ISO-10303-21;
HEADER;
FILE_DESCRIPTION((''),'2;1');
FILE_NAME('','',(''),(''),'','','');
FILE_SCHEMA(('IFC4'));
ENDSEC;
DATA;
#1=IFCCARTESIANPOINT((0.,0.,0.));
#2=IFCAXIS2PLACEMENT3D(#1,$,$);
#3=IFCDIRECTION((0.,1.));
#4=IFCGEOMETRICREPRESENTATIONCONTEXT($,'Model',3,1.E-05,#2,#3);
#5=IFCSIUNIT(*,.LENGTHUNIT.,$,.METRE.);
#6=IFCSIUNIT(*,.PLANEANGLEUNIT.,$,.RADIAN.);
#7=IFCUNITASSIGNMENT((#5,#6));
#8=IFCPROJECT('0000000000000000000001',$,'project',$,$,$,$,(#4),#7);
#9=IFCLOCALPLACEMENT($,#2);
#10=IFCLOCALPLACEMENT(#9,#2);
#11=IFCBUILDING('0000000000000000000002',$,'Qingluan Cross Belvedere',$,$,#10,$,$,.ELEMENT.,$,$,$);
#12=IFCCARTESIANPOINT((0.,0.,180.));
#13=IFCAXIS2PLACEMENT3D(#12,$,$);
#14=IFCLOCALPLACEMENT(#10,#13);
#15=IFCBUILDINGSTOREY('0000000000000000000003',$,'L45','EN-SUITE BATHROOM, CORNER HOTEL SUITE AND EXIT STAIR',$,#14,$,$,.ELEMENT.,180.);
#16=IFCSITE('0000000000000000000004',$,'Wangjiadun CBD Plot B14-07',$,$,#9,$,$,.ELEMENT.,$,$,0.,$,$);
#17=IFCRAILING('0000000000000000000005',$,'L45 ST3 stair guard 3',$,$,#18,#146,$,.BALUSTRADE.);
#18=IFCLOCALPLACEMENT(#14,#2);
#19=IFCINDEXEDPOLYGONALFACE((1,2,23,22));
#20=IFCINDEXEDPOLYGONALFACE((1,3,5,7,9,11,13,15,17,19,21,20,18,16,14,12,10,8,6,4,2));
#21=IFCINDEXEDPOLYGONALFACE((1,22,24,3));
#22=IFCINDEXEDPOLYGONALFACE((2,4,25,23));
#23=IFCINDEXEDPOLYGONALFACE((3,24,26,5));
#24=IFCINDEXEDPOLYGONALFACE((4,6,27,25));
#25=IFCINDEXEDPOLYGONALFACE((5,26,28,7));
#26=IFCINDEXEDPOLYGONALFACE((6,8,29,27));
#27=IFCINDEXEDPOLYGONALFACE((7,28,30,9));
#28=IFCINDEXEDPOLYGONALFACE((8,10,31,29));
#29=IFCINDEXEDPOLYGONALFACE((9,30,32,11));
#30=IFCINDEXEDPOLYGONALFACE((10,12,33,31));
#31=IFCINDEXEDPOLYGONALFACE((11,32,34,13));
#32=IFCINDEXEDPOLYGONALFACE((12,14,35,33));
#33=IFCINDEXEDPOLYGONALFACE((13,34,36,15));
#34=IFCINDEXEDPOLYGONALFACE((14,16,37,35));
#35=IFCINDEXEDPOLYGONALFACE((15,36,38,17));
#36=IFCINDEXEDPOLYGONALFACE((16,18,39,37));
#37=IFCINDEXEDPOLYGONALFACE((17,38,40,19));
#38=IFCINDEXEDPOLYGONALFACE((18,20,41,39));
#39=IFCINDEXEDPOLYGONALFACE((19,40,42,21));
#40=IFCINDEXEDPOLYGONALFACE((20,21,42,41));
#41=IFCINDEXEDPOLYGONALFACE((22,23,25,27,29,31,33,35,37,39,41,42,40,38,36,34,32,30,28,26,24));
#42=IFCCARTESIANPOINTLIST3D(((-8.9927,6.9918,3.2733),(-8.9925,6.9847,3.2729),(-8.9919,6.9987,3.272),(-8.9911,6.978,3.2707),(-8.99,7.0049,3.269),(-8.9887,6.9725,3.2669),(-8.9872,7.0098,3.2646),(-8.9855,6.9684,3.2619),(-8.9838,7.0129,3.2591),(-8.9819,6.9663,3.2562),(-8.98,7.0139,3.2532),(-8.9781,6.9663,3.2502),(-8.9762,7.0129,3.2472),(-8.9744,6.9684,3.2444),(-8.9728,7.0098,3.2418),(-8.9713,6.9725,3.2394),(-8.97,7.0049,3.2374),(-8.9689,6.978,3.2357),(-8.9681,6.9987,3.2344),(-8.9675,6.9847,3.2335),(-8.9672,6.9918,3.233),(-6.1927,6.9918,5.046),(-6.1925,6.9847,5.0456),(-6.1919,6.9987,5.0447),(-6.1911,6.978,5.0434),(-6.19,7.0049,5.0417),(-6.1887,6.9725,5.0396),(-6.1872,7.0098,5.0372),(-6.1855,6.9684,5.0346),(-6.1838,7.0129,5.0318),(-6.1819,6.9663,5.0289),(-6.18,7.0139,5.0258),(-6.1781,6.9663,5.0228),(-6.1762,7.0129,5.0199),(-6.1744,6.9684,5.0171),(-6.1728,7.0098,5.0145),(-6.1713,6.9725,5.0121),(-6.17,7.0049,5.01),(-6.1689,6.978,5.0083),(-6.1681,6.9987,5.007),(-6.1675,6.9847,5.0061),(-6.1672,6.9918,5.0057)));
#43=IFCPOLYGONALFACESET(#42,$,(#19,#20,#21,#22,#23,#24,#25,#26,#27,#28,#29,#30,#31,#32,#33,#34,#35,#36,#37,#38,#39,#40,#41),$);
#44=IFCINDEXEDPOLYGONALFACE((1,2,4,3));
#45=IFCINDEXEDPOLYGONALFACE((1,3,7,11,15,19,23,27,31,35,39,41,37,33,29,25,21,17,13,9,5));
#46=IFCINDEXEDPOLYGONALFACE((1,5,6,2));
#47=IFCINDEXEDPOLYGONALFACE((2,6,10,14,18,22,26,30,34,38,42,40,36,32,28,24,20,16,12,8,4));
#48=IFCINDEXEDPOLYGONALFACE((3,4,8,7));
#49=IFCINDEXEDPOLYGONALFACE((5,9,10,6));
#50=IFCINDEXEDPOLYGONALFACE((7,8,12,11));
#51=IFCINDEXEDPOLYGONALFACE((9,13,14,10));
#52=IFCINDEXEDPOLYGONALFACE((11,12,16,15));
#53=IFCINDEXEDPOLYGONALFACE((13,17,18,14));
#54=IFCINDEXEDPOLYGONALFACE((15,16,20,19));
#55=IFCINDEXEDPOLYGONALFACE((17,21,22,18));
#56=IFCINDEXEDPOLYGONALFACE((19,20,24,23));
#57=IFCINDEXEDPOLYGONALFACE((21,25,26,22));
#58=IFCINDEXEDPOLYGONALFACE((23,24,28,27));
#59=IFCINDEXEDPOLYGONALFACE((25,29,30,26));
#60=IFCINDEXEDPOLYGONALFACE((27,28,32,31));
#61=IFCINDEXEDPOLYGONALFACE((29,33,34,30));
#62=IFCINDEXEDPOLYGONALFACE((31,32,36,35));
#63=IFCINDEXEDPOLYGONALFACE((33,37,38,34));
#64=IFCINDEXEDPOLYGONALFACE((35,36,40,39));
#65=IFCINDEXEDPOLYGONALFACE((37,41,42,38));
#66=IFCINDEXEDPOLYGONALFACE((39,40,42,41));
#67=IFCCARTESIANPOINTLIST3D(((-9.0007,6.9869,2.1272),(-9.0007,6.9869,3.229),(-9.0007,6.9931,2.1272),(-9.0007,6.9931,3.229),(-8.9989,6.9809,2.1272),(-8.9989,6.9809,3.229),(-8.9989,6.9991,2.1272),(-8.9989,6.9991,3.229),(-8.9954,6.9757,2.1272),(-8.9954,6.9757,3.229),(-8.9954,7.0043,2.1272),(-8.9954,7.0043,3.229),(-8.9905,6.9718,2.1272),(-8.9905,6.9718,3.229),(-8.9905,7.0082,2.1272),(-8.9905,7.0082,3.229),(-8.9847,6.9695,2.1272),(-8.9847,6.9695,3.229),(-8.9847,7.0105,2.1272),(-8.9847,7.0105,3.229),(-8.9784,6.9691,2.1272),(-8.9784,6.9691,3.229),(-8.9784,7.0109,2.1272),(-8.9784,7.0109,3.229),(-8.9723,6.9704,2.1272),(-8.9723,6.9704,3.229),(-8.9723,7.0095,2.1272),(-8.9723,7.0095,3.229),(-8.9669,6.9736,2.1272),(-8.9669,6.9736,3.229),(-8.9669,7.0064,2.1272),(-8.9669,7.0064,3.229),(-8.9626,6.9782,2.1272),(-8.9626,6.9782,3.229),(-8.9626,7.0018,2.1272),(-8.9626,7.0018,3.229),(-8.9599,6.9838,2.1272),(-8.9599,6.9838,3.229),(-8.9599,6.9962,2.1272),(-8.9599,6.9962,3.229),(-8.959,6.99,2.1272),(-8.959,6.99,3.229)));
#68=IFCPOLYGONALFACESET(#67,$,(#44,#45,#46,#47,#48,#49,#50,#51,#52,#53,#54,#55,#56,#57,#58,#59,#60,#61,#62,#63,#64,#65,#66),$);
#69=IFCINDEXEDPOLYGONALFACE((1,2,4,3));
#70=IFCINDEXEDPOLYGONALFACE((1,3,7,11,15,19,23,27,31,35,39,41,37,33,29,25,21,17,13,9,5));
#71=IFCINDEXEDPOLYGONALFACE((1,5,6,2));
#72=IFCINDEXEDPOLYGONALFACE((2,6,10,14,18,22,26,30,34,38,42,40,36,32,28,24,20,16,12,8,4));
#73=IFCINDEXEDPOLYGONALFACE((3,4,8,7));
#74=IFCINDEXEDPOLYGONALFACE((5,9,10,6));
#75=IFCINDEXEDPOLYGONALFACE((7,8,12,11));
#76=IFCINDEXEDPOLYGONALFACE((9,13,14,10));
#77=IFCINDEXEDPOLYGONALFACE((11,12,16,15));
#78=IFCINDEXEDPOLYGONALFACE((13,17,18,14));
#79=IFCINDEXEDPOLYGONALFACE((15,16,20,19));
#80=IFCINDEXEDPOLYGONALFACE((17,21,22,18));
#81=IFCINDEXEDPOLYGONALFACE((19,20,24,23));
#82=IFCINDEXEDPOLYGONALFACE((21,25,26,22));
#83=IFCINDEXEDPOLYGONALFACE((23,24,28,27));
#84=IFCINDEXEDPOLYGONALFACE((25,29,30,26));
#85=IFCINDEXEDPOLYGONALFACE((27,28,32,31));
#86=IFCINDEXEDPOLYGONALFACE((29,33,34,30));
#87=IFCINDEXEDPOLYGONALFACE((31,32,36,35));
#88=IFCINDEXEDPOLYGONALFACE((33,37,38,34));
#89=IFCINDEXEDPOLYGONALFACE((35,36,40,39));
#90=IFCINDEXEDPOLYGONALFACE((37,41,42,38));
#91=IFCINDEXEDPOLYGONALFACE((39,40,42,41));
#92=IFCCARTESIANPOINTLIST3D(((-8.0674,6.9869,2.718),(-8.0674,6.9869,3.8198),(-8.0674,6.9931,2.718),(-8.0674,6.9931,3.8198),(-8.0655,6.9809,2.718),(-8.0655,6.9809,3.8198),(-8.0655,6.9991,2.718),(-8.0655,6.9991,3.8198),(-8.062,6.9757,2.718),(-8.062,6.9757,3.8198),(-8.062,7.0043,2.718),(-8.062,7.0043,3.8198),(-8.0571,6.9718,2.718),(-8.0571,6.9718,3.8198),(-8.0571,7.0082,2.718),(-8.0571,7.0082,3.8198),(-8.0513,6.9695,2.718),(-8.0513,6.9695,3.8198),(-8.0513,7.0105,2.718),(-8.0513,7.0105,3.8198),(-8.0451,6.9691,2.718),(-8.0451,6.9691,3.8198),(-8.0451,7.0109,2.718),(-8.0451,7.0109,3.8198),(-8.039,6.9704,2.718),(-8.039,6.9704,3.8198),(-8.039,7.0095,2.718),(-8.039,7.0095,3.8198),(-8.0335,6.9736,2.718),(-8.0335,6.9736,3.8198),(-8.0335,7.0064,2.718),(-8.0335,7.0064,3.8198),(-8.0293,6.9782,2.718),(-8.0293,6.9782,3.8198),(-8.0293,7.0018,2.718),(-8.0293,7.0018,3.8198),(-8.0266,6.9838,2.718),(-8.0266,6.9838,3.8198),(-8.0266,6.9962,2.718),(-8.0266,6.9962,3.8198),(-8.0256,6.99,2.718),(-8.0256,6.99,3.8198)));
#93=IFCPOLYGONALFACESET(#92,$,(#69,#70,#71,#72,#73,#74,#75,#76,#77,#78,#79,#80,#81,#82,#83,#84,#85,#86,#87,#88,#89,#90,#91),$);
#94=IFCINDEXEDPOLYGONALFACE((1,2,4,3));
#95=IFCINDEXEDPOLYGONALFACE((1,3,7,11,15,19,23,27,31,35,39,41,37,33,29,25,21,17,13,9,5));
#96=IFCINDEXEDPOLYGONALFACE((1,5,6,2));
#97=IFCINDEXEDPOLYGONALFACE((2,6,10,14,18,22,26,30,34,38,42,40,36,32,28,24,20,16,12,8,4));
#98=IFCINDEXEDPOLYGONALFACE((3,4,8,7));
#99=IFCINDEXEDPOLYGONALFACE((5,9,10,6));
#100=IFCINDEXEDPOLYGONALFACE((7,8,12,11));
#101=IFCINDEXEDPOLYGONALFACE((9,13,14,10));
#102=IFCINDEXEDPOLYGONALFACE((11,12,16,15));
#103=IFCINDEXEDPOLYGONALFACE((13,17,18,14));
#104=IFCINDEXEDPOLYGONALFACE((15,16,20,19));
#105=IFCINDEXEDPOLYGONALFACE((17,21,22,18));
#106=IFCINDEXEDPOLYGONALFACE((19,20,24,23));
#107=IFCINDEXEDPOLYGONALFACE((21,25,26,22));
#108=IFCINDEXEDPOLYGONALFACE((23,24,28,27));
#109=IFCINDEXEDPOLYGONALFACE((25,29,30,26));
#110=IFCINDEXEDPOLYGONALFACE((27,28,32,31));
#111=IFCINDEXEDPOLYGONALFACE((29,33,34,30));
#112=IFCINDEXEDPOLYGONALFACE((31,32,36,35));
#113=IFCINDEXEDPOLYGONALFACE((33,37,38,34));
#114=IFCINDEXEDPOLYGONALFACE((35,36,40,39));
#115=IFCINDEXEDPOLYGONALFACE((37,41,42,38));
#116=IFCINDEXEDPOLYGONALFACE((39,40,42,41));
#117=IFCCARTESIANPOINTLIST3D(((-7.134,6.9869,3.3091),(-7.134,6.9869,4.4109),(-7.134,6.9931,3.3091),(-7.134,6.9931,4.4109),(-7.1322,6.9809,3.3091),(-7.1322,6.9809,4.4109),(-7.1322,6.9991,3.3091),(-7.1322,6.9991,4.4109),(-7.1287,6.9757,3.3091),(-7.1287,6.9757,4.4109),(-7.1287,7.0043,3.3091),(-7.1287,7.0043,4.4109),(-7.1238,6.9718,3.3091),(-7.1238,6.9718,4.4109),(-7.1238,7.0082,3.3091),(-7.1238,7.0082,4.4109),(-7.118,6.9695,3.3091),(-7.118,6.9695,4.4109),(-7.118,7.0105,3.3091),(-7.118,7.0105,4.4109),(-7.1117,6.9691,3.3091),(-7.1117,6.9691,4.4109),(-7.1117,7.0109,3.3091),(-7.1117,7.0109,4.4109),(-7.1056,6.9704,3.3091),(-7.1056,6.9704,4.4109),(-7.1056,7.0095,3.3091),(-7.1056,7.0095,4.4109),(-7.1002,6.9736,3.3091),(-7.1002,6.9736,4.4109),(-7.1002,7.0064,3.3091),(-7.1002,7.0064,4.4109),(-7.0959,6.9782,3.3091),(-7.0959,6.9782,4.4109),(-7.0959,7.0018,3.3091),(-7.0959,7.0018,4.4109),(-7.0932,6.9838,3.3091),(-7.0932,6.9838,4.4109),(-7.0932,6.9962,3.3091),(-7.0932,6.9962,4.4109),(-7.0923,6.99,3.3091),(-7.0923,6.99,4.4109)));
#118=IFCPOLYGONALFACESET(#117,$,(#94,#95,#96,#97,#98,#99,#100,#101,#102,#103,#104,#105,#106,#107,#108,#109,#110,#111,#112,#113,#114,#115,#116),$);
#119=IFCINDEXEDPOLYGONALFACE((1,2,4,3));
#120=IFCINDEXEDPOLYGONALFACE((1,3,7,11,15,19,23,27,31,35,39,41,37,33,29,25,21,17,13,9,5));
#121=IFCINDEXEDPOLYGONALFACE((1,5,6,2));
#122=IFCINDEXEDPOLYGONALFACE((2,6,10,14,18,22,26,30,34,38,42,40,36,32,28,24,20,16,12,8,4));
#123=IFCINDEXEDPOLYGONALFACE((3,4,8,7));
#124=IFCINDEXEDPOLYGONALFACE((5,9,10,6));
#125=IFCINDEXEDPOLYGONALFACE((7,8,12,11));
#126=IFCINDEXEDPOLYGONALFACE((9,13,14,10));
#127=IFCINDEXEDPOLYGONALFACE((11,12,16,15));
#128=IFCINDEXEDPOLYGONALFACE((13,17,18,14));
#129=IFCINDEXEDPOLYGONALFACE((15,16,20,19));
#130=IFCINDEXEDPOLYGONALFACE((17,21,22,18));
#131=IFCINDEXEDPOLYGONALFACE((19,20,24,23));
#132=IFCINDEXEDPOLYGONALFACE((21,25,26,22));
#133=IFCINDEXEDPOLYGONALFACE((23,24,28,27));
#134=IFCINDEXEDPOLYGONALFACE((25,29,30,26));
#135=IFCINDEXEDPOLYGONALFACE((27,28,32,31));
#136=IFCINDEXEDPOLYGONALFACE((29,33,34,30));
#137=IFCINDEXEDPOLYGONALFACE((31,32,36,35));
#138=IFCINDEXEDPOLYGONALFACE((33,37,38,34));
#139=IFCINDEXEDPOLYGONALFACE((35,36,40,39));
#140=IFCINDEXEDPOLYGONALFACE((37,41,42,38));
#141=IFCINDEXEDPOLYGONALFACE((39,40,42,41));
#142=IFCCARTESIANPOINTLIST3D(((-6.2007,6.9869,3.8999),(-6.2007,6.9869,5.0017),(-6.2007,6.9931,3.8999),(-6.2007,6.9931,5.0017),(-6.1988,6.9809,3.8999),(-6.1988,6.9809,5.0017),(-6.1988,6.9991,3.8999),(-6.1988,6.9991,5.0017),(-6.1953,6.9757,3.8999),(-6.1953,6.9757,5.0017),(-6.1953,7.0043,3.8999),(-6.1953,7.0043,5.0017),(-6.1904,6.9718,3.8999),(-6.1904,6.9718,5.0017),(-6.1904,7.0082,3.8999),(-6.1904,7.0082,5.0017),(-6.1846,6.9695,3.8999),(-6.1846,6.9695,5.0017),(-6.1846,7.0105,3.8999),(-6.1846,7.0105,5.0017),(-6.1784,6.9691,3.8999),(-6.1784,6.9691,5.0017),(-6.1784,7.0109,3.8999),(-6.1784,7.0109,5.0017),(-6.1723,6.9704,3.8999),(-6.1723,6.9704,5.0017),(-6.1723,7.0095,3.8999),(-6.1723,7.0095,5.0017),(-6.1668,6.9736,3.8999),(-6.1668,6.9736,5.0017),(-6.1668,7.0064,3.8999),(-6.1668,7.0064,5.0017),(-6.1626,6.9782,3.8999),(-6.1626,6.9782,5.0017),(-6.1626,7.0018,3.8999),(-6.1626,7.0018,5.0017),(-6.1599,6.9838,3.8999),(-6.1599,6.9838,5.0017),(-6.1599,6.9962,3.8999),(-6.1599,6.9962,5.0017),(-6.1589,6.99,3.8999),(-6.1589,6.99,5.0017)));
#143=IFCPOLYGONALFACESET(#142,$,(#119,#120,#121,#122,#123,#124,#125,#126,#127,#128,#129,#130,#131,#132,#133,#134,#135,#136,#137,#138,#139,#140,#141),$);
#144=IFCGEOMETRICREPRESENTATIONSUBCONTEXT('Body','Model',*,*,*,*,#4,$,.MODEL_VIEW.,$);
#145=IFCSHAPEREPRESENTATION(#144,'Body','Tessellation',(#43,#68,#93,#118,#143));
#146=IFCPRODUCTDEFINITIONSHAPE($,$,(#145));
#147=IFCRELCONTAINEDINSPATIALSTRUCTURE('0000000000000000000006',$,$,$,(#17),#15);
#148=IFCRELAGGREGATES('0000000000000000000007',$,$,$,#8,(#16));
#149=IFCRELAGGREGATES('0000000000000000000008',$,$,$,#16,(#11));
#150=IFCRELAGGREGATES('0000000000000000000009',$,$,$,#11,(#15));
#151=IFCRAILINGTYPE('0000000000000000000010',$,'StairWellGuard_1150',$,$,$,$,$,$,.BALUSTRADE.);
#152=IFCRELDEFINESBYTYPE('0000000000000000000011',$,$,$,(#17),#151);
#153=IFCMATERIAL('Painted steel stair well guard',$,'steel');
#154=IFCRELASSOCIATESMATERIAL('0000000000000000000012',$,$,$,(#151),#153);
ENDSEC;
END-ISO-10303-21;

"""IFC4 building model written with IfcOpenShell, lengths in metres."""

from ifc_helpers import new_model, si_unit, direction, frame, origin, origin_2d, place, context, subcontext, project, spatial, circle, extrude, material, type_object, element, save


model = new_model("IFC4")

# Units and contexts
model_context = context("Model", 3, precision=1e-05, world=origin(), true_north=direction((0.0, 1.0)))
body_context = subcontext(model_context, "Body", "Model", "MODEL_VIEW")
ifc_project = project(units=[si_unit("LENGTHUNIT", "METRE"), si_unit("PLANEANGLEUNIT", "RADIAN")], contexts=[model_context])

# Site, building, storey
site_placement = place(None, origin())
site = spatial("IfcSite", under=ifc_project, at=site_placement, Name="Wangjiadun CBD Plot B14-07", CompositionType="ELEMENT", RefElevation=0.0)
building_placement = place(site_placement, origin())
building = spatial("IfcBuilding", under=site, at=building_placement, Name="Qingluan Cross Belvedere", CompositionType="ELEMENT")
storey_placement = place(building_placement, frame((0.0, 0.0, 180.0)))
storey = spatial("IfcBuildingStorey", under=building, at=storey_placement, Name="L45", Description="EN-SUITE BATHROOM, CORNER HOTEL SUITE AND EXIT STAIR", CompositionType="ELEMENT", Elevation=180.0)

# Railing
ifc_material_1 = material(Name="Painted steel stair well guard", Category="steel")
railing_type_1 = type_object("IfcRailingType", Name="StairWellGuard_1150", PredefinedType="BALUSTRADE", material=ifc_material_1)
railing_1_placement = place(storey_placement, frame((-8.98, 6.99, 2.1272)))
element("IfcRailing", 1, at=railing_1_placement, inside=storey, type_object=railing_type_1, Name="L45 ST3 stair guard 3", PredefinedType="BALUSTRADE", context=body_context, shape_type="SweptSolid", body=[
    extrude(circle(Radius=0.0239, at=origin_2d()), frame((0.0, 0.0, 1.126), z_axis=(0.844909, 0.0, 0.53491), x_axis=(0.0, 1.0, 0.0)), (0.0, 0.0, 1.0), 3.314),
    extrude(circle(Radius=0.021, at=origin_2d()), origin(), (0.0, 0.0, 1.0), 1.1018),
    extrude(circle(Radius=0.021, at=origin_2d()), frame((0.9333, 0.0, 0.5908)), (0.0, 0.0, 1.0), 1.1018),
    extrude(circle(Radius=0.021, at=origin_2d()), frame((1.8667, 0.0, 1.1819)), (0.0, 0.0, 1.0), 1.1018),
    extrude(circle(Radius=0.021, at=origin_2d()), frame((2.8, 0.0, 1.7727)), (0.0, 0.0, 1.0), 1.1018),
])

save(model, "model.ifc")
